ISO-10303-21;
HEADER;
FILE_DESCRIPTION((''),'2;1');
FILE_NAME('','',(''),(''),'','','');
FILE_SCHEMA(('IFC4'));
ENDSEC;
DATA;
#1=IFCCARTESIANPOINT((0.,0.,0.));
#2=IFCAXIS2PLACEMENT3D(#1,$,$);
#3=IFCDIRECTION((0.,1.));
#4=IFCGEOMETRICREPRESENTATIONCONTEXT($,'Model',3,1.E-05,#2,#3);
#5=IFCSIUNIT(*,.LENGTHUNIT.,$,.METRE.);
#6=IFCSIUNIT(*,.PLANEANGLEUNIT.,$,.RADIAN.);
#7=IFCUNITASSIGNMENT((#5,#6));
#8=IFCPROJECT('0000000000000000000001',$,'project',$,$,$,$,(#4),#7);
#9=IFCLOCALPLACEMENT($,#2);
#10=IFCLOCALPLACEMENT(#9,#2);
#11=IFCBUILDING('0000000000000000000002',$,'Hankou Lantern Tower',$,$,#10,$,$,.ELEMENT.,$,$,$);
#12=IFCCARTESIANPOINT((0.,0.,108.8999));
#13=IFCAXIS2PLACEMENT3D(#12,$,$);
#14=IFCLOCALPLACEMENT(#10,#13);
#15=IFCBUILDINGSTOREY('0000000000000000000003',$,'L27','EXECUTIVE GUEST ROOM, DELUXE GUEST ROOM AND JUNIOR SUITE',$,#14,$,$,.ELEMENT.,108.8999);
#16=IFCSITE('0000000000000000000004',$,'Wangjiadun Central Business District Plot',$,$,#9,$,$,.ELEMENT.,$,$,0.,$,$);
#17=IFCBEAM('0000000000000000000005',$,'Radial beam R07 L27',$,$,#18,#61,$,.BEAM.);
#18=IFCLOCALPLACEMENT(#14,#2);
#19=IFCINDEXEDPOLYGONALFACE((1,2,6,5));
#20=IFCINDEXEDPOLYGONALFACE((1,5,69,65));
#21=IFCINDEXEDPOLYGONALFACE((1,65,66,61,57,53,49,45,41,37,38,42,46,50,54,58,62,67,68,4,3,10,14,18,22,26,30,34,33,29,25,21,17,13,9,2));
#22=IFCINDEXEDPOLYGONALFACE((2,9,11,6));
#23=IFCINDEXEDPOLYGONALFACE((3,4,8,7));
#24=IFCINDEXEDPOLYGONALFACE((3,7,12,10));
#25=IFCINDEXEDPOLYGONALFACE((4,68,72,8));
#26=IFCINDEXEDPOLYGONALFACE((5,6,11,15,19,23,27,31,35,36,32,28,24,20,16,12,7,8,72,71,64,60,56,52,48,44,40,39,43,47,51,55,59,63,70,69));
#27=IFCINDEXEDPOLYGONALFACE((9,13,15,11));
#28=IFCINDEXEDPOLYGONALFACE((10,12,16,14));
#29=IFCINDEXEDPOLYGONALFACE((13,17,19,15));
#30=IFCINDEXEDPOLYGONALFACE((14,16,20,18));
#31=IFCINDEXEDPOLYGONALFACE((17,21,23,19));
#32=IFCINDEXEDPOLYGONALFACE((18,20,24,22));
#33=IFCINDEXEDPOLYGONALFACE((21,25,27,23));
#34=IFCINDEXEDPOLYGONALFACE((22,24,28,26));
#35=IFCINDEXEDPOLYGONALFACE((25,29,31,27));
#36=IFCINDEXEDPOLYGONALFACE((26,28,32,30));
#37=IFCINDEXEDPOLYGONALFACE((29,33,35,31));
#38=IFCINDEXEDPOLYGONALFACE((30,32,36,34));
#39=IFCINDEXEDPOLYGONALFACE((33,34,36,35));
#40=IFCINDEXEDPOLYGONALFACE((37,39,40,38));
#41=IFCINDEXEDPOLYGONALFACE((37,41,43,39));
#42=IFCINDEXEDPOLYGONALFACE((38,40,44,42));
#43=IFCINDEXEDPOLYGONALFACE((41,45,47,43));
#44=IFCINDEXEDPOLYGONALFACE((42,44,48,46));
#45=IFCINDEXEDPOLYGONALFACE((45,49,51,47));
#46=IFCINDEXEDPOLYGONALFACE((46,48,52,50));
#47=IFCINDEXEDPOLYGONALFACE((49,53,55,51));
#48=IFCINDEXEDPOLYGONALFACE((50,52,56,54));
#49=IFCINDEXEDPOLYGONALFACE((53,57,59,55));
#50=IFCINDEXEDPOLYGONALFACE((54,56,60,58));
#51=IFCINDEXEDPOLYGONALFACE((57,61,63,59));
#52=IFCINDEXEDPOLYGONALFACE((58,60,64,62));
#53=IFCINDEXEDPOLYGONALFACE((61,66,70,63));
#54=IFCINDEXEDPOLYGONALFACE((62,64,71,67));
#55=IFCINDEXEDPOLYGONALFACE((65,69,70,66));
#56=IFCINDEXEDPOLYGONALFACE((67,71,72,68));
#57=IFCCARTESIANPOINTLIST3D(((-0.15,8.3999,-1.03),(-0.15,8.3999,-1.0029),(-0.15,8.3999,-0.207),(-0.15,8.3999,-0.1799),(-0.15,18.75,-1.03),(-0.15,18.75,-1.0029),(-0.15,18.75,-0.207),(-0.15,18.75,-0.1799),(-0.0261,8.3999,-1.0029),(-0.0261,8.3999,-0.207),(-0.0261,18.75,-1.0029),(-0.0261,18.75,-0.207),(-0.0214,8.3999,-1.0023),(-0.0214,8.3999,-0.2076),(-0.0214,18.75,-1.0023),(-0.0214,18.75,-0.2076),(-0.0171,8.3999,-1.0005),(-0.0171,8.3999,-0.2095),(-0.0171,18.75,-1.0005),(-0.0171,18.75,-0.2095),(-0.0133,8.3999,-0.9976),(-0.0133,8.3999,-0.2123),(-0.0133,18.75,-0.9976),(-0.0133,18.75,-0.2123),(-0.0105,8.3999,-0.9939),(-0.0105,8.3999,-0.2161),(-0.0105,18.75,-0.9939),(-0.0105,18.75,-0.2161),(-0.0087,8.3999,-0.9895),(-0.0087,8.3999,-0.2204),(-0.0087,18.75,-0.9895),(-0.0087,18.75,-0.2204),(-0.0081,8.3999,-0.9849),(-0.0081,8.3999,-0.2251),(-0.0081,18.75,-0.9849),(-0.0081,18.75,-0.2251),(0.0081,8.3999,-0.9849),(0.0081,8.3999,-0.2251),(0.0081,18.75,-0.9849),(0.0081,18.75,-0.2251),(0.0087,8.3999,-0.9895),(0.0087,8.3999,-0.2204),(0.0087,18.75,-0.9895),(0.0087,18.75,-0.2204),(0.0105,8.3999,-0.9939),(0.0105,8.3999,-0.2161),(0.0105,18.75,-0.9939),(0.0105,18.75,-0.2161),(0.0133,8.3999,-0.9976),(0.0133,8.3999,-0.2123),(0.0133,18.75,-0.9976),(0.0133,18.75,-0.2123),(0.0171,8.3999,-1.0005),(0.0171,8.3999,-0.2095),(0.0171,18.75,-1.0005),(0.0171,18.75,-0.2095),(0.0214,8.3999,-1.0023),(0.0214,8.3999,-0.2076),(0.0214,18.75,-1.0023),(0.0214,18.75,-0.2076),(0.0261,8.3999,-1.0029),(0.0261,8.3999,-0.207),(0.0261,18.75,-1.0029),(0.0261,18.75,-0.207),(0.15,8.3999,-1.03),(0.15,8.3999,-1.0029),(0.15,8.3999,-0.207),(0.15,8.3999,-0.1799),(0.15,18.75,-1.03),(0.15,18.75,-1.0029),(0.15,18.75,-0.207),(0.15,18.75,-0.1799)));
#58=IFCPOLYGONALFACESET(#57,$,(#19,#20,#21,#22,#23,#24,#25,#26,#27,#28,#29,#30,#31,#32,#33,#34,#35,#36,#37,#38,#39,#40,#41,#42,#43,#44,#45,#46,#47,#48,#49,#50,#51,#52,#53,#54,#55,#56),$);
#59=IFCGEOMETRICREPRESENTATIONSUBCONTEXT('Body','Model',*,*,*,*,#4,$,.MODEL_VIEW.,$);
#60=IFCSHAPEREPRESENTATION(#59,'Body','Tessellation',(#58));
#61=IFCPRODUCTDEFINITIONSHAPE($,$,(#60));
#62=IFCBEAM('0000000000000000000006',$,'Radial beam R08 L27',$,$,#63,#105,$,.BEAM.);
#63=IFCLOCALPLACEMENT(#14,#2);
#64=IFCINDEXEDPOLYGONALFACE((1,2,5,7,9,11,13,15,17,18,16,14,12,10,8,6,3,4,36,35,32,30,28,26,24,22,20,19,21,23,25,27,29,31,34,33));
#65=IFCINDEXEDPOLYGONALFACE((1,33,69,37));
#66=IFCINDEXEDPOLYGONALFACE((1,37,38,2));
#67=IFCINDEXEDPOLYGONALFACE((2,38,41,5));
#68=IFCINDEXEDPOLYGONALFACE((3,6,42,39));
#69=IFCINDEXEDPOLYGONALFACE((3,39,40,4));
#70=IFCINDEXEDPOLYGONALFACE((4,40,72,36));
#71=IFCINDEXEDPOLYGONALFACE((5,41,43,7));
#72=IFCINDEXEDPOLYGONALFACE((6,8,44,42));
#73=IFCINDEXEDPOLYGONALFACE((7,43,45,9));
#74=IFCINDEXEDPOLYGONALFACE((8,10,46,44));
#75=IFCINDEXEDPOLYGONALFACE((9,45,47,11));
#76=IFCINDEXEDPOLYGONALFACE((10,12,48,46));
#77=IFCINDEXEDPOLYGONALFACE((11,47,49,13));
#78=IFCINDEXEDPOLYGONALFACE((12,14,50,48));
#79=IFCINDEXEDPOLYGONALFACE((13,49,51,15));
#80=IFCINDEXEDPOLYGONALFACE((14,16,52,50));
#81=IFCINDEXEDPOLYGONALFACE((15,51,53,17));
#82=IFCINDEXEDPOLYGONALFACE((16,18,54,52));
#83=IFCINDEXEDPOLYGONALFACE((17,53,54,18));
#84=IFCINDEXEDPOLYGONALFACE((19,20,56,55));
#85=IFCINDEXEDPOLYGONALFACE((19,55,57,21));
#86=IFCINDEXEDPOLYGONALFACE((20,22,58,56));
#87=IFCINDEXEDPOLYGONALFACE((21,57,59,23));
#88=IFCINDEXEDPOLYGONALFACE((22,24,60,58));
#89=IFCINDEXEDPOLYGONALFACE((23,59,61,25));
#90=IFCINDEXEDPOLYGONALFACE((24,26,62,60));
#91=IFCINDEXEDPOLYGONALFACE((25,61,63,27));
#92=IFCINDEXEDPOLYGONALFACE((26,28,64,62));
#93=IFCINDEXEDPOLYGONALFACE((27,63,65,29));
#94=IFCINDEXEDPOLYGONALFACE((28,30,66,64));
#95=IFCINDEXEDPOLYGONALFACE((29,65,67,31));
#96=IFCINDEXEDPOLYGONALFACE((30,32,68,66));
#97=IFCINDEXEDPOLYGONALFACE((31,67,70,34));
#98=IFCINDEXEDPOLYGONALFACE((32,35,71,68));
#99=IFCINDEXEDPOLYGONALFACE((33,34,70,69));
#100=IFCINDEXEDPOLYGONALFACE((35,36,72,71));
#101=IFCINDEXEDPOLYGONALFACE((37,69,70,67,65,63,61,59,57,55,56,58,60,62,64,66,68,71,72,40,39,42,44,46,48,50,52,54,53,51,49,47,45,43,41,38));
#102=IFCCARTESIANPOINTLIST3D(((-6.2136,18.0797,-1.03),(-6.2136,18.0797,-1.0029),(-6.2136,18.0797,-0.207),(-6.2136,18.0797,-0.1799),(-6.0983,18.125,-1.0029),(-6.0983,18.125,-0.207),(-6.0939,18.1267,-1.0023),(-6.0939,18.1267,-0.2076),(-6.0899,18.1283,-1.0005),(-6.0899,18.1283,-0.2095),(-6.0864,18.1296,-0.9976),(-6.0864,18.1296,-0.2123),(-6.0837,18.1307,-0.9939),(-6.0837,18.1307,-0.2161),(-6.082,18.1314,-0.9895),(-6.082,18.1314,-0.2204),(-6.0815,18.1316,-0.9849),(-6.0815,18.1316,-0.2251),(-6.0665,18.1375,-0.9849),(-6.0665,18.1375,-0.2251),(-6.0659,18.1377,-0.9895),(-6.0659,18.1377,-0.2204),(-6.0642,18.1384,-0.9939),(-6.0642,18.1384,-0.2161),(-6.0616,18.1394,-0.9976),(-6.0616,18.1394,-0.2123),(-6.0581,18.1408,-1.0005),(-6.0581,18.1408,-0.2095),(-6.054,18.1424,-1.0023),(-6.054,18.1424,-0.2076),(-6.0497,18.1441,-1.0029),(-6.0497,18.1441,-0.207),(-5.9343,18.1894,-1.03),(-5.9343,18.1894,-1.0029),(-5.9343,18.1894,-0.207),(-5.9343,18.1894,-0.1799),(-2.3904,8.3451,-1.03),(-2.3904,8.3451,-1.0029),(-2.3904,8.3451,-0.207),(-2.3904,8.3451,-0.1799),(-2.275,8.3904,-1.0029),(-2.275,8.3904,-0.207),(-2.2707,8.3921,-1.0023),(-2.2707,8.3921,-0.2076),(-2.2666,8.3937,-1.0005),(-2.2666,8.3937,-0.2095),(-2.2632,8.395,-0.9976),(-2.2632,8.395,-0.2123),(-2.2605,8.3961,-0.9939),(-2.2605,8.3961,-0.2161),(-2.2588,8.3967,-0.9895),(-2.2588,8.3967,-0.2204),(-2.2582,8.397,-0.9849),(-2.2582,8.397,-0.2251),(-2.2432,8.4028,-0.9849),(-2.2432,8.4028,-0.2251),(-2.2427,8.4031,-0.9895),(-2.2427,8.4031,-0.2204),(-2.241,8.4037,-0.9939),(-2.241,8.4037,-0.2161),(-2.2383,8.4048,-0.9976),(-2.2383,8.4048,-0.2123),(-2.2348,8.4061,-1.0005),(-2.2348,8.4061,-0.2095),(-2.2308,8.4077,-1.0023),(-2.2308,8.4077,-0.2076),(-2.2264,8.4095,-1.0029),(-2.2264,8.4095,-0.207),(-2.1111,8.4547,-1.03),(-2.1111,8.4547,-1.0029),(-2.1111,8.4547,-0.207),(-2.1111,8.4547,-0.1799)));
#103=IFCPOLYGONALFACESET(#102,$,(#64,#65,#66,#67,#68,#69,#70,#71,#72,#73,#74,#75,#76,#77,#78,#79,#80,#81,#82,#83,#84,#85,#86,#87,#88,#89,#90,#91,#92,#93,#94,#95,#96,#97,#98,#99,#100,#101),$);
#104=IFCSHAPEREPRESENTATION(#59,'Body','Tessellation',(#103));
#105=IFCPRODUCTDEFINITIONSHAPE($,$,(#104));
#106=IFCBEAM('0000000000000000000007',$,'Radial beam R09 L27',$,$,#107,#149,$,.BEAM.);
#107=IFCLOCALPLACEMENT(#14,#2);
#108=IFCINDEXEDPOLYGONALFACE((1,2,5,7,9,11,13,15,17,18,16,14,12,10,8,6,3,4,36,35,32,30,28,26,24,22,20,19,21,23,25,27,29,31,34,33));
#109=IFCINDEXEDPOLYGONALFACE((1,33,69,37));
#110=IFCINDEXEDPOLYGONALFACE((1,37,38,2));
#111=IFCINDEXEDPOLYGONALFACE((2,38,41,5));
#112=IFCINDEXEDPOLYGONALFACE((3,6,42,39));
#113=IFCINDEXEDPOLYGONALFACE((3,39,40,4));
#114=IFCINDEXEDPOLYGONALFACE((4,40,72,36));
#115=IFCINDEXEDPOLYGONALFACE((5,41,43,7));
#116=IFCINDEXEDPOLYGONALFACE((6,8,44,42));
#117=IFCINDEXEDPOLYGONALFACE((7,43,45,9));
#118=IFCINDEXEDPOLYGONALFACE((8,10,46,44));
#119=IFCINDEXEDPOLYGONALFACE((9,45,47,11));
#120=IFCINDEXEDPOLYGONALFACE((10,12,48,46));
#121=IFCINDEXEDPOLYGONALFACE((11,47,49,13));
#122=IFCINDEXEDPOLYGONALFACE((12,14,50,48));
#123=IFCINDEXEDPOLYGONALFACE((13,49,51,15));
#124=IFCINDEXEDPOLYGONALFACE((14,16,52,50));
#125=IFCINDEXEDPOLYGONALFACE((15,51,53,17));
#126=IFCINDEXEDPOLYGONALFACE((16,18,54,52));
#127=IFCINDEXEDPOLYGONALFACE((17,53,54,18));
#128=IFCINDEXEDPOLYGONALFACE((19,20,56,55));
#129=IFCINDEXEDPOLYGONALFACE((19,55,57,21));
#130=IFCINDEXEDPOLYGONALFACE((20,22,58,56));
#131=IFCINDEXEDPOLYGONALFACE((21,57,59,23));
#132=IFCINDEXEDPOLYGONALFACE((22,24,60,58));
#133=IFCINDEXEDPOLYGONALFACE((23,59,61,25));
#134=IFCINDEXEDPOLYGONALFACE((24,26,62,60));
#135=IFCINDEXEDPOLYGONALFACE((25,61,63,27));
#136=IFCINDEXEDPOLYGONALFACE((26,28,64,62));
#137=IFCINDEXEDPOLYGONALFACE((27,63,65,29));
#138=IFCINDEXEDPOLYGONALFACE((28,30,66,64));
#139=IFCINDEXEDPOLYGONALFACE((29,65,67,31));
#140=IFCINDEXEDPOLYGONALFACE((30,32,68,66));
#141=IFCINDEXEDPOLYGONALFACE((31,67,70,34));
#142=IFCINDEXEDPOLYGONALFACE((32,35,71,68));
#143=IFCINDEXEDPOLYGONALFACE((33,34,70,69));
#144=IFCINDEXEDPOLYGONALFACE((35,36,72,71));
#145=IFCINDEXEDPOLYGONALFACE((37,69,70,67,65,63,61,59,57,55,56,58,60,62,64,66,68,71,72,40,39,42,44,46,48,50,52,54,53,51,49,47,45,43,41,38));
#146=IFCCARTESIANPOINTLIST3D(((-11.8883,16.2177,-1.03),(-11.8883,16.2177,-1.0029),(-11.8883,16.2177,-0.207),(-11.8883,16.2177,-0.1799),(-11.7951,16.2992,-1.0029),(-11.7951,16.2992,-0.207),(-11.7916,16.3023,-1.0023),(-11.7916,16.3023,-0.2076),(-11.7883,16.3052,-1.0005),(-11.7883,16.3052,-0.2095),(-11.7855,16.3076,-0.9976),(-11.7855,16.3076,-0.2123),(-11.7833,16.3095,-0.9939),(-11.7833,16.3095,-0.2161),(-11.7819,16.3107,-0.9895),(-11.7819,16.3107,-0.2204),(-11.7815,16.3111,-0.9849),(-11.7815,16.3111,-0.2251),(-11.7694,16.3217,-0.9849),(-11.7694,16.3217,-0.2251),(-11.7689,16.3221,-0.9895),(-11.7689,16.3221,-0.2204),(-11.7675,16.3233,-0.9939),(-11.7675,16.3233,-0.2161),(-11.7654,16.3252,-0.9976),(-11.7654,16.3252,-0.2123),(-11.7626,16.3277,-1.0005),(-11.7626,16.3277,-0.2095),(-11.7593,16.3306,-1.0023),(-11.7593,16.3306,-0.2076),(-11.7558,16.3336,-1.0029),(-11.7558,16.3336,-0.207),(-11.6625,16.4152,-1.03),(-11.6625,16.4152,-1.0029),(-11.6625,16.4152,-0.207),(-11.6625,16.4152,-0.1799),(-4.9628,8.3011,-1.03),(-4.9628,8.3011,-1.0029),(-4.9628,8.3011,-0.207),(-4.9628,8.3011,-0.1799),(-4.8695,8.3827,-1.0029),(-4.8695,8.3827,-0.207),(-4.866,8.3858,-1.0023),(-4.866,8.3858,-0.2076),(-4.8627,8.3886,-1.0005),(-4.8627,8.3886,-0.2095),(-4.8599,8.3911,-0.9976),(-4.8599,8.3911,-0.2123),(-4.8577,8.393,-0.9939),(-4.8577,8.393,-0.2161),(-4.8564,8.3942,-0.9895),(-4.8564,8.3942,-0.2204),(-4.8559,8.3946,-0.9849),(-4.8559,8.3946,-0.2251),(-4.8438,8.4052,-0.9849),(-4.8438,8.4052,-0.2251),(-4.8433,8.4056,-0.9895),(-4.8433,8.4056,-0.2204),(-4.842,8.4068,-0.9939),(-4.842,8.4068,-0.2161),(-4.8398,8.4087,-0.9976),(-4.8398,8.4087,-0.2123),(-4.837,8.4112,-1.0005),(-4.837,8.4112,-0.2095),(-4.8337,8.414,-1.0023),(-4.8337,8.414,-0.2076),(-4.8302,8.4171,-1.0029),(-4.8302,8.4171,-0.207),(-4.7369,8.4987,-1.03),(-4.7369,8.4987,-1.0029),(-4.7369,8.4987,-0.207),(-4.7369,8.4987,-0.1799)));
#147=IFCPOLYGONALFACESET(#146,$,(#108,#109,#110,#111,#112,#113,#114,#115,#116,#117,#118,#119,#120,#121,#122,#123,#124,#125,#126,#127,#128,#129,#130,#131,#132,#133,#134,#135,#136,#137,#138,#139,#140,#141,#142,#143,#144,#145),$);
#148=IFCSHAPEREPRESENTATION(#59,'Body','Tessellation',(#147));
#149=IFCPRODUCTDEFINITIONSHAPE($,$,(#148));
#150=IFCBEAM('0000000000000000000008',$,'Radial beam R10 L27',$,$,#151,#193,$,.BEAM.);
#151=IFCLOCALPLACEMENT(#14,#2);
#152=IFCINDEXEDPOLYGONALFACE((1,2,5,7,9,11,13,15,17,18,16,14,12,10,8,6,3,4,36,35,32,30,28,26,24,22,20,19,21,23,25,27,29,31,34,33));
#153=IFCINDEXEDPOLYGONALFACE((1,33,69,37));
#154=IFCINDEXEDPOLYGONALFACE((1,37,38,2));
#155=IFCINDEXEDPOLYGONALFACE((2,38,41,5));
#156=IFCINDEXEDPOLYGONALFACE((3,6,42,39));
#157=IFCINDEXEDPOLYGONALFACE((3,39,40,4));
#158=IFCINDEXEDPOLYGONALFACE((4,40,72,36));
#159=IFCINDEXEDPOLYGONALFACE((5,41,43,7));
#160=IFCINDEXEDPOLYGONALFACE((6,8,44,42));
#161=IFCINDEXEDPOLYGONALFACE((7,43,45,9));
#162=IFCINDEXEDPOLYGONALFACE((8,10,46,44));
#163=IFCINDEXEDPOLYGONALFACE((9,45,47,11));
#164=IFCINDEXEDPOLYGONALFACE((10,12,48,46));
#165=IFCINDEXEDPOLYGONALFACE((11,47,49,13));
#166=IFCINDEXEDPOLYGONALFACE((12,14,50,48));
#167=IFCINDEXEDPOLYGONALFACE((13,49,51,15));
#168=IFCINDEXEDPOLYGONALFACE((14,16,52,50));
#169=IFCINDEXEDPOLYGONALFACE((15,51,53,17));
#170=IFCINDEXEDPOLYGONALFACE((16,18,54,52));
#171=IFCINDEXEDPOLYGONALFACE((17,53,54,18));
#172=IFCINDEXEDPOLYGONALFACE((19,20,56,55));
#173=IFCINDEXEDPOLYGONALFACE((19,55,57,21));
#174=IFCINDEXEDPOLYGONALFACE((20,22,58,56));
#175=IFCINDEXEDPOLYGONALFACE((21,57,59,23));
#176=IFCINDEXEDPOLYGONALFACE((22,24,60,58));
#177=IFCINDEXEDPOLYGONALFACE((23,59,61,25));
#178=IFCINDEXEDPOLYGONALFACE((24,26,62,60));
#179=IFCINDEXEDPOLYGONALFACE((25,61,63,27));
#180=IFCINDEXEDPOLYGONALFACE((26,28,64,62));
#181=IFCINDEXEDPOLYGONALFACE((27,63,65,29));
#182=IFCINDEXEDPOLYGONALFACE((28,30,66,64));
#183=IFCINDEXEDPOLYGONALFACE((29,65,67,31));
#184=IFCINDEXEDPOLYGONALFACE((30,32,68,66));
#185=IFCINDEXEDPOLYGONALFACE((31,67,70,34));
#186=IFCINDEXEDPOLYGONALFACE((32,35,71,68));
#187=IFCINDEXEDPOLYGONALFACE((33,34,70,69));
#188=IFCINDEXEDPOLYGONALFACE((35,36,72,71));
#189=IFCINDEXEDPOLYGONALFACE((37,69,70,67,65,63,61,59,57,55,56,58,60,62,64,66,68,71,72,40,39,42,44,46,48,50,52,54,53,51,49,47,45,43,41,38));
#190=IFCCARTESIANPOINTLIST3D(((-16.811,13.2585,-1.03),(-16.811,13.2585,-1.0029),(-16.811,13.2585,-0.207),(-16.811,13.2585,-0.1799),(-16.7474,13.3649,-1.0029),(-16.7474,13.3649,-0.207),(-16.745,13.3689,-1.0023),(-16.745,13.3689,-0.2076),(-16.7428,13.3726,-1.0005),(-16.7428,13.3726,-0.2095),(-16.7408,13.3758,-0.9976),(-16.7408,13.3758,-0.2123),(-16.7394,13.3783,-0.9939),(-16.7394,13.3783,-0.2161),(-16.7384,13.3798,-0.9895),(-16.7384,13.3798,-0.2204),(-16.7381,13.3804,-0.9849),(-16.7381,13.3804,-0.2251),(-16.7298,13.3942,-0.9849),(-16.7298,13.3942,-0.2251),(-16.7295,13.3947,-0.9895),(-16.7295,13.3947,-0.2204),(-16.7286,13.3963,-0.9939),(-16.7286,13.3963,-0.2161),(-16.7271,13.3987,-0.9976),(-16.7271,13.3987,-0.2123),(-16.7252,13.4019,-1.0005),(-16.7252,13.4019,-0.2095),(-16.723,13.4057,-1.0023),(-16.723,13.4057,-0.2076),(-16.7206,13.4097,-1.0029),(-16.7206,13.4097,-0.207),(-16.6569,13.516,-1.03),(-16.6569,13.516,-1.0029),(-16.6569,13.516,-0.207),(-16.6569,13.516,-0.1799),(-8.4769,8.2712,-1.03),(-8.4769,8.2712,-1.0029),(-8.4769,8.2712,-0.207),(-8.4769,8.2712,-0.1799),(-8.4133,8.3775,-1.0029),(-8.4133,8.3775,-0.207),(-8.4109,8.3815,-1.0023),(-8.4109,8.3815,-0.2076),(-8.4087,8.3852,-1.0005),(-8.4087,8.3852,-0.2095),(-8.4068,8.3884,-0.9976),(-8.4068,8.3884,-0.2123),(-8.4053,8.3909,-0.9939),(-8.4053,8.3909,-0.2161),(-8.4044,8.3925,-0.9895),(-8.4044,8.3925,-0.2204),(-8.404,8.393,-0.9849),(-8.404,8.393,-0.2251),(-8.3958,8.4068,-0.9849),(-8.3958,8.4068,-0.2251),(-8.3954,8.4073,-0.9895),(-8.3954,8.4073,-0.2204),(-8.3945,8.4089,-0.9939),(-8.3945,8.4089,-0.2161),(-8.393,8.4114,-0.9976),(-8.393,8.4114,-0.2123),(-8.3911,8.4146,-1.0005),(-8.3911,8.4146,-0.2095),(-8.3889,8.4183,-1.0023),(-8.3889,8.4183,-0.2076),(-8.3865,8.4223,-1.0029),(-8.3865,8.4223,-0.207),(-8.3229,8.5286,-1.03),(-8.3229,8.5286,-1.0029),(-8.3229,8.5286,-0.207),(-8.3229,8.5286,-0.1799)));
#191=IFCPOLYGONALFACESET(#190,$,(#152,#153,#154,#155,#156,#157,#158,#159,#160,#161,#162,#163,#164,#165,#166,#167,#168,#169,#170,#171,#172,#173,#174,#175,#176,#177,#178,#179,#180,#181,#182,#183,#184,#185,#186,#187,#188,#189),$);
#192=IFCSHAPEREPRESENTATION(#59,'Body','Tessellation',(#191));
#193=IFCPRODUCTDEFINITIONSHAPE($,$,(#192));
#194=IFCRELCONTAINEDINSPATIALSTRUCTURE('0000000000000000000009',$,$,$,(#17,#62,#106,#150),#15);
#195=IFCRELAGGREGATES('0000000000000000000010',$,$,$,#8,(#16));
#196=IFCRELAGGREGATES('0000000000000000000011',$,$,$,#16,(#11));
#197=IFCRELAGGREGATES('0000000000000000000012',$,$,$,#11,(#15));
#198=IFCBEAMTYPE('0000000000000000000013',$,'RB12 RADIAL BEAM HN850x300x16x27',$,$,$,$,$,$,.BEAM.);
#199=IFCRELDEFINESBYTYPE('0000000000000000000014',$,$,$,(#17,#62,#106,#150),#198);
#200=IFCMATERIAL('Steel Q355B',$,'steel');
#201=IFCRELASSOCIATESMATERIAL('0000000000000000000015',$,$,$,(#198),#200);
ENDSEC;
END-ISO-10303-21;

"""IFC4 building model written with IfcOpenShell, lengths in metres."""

from ifc_helpers import new_model, si_unit, direction, frame, origin, origin_2d, place, context, subcontext, project, spatial, i_section, extrude, material, material_profile, profile_set, type_object, element, save


model = new_model("IFC4")

# Units and contexts
model_context = context("Model", 3, precision=1e-05, world=origin(), true_north=direction((0.0, 1.0)))
body_context = subcontext(model_context, "Body", "Model", "MODEL_VIEW")
ifc_project = project(units=[si_unit("LENGTHUNIT", "METRE"), si_unit("PLANEANGLEUNIT", "RADIAN")], contexts=[model_context])

# Site, building, storey
site_placement = place(None, origin())
site = spatial("IfcSite", under=ifc_project, at=site_placement, Name="Wangjiadun Central Business District Plot", CompositionType="ELEMENT", RefElevation=0.0)
building_placement = place(site_placement, origin())
building = spatial("IfcBuilding", under=site, at=building_placement, Name="Hankou Lantern Tower", CompositionType="ELEMENT")
storey_placement = place(building_placement, frame((0.0, 0.0, 108.8999)))
storey = spatial("IfcBuildingStorey", under=building, at=storey_placement, Name="L27", Description="EXECUTIVE GUEST ROOM, DELUXE GUEST ROOM AND JUNIOR SUITE", CompositionType="ELEMENT", Elevation=108.8999)

# Beams
ifc_material_1 = material(Name="Steel Q355B", Category="steel")
ifc_material_profile = material_profile(ifc_material_1, i_section(OverallWidth=0.3, OverallDepth=0.8501, WebThickness=0.0161, FlangeThickness=0.0271, FilletRadius=0.0181, at=origin_2d()), Name="HN850x300x16x27")
ifc_profile_set = profile_set([ifc_material_profile], Name="Steel Q355B")
beam_type = type_object("IfcBeamType", Name="RB12 RADIAL BEAM HN850x300x16x27", PredefinedType="BEAM", material=ifc_profile_set)
beam_1_placement = place(storey_placement, frame((0.0, 8.3999, -0.605), z_axis=(0.0, 1.0, 0.0), x_axis=(-1.0, 0.0, 0.0)))
element("IfcBeam", 1, at=beam_1_placement, inside=storey, type_object=beam_type, Name="Radial beam R07 L27", PredefinedType="BEAM", context=body_context, shape_type="SweptSolid", body=[
    extrude(i_section(OverallWidth=0.3, OverallDepth=0.8501, WebThickness=0.0161, FlangeThickness=0.0271, FilletRadius=0.0181, at=origin_2d()), origin(), (0.0, 0.0, 1.0), 10.3501),
])
beam_2_placement = place(storey_placement, frame((-2.2507, 8.3999, -0.605), z_axis=(-0.365564, 0.930786, 0.0), x_axis=(-0.930786, -0.365564, 0.0)))
element("IfcBeam", 2, at=beam_2_placement, inside=storey, type_object=beam_type, Name="Radial beam R08 L27", PredefinedType="BEAM", context=body_context, shape_type="SweptSolid", body=[
    extrude(i_section(OverallWidth=0.3, OverallDepth=0.8501, WebThickness=0.0161, FlangeThickness=0.0271, FilletRadius=0.0181, at=origin_2d()), origin(), (0.0, 0.0, 1.0), 10.4585),
])
beam_3_placement = place(storey_placement, frame((-4.8499, 8.3999, -0.605), z_axis=(-0.658429, 0.752643, 0.0), x_axis=(-0.752643, -0.658429, 0.0)))
element("IfcBeam", 3, at=beam_3_placement, inside=storey, type_object=beam_type, Name="Radial beam R09 L27", PredefinedType="BEAM", context=body_context, shape_type="SweptSolid", body=[
    extrude(i_section(OverallWidth=0.3, OverallDepth=0.8501, WebThickness=0.0161, FlangeThickness=0.0271, FilletRadius=0.0181, at=origin_2d()), origin(), (0.0, 0.0, 1.0), 10.5183),
])
beam_4_placement = place(storey_placement, frame((-8.3999, 8.3999, -0.605), z_axis=(-0.858087, 0.513505, 0.0), x_axis=(-0.513505, -0.858087, 0.0)))
element("IfcBeam", 4, at=beam_4_placement, inside=storey, type_object=beam_type, Name="Radial beam R10 L27", PredefinedType="BEAM", context=body_context, shape_type="SweptSolid", body=[
    extrude(i_section(OverallWidth=0.3, OverallDepth=0.8501, WebThickness=0.0161, FlangeThickness=0.0271, FilletRadius=0.0181, at=origin_2d()), origin(), (0.0, 0.0, 1.0), 9.7124),
])

save(model, "model.ifc")
